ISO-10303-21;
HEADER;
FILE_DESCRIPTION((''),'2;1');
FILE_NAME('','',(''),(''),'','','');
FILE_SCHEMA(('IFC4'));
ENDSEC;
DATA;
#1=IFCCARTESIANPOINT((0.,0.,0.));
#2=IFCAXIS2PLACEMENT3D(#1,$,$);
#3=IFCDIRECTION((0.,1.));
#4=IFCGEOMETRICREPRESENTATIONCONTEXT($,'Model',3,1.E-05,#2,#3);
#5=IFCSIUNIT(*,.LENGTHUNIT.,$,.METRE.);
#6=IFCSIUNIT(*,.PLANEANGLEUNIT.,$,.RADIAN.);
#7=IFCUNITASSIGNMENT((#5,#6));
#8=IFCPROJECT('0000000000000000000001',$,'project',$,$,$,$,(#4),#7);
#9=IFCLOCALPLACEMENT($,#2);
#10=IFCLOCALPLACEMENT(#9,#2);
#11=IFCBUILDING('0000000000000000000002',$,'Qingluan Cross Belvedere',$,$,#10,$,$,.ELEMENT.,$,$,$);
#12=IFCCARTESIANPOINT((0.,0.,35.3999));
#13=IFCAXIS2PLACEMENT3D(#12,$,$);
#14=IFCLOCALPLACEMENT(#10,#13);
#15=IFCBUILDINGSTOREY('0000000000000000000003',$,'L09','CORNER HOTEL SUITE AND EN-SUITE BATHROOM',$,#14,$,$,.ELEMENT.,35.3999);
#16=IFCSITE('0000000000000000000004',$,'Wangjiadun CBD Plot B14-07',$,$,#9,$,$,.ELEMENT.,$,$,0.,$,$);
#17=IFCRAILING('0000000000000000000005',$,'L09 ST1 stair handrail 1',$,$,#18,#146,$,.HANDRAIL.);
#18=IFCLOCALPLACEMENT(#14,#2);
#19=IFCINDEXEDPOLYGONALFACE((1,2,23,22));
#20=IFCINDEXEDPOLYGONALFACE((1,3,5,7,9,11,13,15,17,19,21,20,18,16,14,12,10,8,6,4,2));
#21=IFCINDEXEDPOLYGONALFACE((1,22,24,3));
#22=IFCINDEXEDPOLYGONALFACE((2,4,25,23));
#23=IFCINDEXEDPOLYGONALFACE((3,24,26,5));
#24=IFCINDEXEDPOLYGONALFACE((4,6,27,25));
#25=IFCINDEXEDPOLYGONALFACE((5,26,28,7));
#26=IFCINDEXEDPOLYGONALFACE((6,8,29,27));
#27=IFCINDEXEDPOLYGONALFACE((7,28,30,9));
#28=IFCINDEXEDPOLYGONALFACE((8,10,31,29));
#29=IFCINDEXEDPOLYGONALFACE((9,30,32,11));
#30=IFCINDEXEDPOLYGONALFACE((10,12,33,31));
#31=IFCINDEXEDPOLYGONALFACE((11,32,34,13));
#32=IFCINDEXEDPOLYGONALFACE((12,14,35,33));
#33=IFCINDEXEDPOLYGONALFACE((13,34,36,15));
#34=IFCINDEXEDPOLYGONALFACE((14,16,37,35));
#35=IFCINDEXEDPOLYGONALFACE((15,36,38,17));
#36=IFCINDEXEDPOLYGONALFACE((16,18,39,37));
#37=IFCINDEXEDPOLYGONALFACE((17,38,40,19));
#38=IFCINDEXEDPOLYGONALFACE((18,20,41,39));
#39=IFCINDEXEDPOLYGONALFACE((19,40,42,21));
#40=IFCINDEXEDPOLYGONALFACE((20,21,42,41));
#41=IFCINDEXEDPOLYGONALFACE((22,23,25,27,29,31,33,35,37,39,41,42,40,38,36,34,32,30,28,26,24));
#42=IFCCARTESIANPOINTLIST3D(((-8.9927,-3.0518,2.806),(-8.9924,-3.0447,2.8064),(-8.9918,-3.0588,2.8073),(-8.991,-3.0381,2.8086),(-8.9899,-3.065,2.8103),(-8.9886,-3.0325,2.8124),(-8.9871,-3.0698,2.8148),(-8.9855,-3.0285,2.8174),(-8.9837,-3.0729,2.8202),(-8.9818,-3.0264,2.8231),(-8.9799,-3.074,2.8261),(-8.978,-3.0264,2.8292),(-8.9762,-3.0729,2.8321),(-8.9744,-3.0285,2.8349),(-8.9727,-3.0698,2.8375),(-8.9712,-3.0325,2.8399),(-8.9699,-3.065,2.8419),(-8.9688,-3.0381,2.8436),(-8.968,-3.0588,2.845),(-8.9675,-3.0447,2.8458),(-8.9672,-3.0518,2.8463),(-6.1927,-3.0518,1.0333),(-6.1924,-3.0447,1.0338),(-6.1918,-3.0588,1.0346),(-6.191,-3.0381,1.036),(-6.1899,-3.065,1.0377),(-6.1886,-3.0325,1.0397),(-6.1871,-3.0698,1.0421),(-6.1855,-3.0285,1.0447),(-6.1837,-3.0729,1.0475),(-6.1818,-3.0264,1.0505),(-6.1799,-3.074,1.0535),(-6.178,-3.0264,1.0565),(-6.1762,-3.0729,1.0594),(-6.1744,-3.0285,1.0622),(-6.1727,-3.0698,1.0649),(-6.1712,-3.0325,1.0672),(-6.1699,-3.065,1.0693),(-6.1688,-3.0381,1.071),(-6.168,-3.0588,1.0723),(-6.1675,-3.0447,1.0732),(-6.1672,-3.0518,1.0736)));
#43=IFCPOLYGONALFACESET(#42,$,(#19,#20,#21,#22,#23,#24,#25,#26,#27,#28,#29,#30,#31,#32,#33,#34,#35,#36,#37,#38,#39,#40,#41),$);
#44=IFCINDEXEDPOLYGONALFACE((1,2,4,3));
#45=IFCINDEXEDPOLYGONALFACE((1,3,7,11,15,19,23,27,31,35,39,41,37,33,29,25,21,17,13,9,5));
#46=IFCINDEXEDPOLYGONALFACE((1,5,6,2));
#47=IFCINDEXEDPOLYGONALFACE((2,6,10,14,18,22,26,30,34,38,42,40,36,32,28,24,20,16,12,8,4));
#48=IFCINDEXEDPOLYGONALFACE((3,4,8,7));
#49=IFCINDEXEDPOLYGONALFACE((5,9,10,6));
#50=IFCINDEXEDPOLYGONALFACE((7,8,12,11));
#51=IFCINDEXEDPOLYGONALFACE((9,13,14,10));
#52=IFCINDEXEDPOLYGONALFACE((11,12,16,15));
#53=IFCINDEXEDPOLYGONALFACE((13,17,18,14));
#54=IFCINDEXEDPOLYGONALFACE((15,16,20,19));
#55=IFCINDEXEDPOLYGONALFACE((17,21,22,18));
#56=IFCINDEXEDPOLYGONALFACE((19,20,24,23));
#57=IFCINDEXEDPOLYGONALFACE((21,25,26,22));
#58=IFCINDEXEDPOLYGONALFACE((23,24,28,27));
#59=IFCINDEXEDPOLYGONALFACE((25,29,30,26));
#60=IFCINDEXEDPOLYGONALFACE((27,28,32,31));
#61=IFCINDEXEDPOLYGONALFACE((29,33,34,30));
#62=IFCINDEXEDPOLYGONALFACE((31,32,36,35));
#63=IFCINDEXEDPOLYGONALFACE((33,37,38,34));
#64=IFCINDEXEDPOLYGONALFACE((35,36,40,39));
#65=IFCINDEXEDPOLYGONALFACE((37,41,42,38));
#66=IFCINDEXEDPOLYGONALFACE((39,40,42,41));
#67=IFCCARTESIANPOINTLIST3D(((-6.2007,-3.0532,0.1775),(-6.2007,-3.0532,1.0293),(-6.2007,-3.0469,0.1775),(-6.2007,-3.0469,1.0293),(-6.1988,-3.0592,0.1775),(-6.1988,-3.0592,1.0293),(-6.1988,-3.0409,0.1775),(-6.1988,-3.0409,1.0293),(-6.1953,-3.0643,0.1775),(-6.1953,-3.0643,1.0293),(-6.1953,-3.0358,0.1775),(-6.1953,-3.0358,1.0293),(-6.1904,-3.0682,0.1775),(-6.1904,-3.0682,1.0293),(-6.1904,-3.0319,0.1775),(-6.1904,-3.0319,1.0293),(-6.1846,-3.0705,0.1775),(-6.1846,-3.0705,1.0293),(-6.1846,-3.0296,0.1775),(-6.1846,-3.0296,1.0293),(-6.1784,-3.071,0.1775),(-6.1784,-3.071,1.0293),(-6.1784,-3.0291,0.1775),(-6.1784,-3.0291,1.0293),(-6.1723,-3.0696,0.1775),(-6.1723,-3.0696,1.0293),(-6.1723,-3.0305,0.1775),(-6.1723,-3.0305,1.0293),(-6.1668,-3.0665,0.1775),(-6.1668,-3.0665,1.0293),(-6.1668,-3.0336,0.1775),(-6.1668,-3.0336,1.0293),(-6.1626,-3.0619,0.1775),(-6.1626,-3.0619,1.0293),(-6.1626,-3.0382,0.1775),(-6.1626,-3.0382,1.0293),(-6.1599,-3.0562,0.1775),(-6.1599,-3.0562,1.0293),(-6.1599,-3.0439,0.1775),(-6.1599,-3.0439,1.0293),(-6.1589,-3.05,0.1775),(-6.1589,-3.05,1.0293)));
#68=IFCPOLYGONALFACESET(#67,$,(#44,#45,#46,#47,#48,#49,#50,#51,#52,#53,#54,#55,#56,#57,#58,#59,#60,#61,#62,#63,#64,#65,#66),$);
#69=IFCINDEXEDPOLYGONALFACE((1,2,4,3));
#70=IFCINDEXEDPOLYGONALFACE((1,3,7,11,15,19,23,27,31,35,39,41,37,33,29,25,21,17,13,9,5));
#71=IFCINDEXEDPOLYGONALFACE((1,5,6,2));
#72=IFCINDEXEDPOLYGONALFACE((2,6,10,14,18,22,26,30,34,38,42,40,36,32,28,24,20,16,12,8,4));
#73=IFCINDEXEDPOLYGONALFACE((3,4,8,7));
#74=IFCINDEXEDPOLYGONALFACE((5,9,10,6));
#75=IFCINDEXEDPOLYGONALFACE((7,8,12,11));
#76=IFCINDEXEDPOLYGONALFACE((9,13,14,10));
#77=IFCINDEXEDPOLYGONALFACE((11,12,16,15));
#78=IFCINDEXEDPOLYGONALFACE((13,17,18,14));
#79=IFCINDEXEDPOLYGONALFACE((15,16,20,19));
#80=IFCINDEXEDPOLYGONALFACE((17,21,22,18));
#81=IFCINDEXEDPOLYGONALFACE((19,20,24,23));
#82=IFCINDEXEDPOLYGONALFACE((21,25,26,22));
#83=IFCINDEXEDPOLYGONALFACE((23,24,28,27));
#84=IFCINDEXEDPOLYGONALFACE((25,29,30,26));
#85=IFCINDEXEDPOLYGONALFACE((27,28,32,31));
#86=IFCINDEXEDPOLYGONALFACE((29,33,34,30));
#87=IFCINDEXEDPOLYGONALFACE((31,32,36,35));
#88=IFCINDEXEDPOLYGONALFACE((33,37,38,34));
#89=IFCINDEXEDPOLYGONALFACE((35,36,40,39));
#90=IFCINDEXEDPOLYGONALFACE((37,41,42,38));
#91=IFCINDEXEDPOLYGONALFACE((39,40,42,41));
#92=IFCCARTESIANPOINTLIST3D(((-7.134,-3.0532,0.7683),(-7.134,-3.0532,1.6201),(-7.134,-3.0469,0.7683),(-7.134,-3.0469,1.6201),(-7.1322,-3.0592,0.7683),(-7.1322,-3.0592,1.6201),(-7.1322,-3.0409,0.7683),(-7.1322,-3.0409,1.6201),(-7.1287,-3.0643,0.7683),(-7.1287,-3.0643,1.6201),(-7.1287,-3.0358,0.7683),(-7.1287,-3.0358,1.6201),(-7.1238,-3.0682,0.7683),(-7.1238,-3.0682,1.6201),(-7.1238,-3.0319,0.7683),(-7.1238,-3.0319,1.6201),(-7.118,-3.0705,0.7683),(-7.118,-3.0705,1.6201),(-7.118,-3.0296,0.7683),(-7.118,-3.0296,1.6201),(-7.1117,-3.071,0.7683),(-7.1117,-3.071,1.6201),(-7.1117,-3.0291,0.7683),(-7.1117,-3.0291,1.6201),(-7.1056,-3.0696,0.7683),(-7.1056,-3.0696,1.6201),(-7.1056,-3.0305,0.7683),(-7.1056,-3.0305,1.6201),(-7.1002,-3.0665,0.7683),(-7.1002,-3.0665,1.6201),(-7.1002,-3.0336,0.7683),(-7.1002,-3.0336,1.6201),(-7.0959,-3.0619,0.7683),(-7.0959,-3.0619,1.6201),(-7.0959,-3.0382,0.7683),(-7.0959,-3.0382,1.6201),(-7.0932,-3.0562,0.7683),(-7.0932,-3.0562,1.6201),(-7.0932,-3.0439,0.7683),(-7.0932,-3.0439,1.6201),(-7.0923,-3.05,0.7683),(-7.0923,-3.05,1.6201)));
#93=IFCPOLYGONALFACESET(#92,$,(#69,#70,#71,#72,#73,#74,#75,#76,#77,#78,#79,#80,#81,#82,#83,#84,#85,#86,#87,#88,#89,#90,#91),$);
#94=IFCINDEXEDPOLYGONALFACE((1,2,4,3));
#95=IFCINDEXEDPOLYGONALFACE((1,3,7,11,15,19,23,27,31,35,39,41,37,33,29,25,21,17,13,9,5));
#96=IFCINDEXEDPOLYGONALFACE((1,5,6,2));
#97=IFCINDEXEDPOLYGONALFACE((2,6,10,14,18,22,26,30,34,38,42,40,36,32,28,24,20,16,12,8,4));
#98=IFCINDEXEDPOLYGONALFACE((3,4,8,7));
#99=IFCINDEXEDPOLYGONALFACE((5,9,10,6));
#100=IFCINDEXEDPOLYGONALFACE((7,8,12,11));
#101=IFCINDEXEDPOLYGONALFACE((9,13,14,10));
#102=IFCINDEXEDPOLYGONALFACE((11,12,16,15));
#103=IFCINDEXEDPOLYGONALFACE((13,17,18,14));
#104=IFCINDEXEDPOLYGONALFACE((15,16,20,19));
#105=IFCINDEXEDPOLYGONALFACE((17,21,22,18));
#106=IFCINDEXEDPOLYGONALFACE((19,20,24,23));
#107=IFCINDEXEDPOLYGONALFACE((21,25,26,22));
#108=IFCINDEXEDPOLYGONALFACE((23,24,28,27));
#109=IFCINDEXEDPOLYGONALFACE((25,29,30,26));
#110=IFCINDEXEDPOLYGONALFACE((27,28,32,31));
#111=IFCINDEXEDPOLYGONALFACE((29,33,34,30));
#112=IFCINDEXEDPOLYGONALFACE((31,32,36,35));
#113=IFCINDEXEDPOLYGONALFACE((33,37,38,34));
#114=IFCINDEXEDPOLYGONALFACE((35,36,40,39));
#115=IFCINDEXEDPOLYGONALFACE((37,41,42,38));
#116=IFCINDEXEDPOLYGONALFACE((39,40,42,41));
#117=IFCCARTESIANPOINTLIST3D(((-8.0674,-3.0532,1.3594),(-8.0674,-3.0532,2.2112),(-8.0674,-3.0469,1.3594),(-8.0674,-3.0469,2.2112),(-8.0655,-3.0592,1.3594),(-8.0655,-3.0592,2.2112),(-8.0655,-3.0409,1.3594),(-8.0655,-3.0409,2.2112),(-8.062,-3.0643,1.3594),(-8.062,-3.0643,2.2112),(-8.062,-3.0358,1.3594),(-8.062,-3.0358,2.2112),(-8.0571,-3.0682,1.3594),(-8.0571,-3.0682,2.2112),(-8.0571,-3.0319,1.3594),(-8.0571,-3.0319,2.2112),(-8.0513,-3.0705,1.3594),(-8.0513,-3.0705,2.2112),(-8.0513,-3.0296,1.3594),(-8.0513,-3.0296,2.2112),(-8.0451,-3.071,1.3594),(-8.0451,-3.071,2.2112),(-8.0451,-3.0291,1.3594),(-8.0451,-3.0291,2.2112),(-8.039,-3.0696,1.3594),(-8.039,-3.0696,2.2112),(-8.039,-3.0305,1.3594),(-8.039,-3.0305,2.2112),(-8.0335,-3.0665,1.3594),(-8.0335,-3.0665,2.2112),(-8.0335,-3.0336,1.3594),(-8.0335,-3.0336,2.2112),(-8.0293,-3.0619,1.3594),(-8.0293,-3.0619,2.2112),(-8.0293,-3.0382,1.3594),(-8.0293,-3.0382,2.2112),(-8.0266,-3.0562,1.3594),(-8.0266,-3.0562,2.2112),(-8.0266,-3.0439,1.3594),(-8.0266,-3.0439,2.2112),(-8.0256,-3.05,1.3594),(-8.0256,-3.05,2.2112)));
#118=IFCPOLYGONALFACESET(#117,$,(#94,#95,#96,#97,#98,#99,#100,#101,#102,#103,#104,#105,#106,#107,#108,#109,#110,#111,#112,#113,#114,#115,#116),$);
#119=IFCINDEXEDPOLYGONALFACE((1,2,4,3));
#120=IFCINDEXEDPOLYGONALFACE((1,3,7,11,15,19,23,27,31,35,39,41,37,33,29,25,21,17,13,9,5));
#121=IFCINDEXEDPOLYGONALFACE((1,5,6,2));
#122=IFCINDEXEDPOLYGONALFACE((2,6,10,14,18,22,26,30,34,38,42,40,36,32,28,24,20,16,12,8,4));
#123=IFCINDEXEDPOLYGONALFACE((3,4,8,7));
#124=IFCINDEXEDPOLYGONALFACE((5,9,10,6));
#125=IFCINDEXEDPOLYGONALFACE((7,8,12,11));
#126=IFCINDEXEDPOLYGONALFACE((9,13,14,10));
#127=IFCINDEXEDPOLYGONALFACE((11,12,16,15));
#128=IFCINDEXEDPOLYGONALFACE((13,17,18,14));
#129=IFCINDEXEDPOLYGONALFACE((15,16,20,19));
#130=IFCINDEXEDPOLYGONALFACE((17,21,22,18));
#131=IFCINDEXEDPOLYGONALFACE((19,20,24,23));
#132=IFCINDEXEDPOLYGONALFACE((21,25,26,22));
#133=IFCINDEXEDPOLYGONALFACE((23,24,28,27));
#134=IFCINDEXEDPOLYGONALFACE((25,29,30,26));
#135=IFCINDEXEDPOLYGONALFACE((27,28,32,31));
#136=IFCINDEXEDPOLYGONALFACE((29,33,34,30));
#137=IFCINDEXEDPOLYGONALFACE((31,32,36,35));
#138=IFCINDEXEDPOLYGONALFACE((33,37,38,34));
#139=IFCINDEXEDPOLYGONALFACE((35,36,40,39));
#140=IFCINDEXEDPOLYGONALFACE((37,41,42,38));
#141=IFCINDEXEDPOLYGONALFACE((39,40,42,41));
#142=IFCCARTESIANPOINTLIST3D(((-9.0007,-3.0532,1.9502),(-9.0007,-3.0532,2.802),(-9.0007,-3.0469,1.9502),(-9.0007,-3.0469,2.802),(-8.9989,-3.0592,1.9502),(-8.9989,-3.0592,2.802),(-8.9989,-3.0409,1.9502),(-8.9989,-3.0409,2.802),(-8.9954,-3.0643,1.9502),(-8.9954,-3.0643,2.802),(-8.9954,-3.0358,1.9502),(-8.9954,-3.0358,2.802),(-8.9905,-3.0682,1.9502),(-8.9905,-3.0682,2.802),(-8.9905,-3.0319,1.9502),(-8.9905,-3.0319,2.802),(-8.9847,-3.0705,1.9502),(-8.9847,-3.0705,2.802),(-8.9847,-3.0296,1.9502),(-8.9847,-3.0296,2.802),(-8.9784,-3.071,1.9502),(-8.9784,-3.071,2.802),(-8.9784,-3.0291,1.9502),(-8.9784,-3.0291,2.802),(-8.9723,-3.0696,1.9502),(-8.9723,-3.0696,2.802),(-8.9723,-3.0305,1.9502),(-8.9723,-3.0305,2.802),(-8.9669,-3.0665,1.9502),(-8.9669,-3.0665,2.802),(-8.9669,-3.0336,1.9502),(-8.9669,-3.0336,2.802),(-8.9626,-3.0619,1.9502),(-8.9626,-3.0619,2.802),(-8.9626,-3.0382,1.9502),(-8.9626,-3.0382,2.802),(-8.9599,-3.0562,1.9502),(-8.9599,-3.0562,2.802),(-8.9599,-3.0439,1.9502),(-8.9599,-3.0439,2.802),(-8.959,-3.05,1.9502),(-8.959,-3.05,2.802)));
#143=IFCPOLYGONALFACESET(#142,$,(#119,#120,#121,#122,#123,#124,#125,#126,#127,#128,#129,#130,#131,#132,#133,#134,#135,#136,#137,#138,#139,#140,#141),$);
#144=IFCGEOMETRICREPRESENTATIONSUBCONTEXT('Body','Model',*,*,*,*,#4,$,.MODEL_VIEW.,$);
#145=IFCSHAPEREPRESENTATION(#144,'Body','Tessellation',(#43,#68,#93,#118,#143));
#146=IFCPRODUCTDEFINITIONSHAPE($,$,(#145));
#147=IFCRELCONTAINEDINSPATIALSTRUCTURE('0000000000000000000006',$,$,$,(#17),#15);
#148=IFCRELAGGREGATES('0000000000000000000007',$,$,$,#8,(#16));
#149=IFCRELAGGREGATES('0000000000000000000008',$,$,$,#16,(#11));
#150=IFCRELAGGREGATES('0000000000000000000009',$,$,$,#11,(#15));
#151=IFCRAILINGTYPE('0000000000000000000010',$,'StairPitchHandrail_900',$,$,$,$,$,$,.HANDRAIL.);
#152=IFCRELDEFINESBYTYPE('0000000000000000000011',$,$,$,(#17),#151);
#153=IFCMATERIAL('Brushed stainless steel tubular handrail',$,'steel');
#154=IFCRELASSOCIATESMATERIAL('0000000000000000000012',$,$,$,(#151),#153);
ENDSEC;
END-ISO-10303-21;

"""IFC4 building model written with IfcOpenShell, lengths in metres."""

from ifc_helpers import new_model, si_unit, direction, frame, origin, origin_2d, place, context, subcontext, project, spatial, circle, extrude, material, type_object, element, save


model = new_model("IFC4")

# Units and contexts
model_context = context("Model", 3, precision=1e-05, world=origin(), true_north=direction((0.0, 1.0)))
body_context = subcontext(model_context, "Body", "Model", "MODEL_VIEW")
ifc_project = project(units=[si_unit("LENGTHUNIT", "METRE"), si_unit("PLANEANGLEUNIT", "RADIAN")], contexts=[model_context])

# Site, building, storey
site_placement = place(None, origin())
site = spatial("IfcSite", under=ifc_project, at=site_placement, Name="Wangjiadun CBD Plot B14-07", CompositionType="ELEMENT", RefElevation=0.0)
building_placement = place(site_placement, origin())
building = spatial("IfcBuilding", under=site, at=building_placement, Name="Qingluan Cross Belvedere", CompositionType="ELEMENT")
storey_placement = place(building_placement, frame((0.0, 0.0, 35.3999)))
storey = spatial("IfcBuildingStorey", under=building, at=storey_placement, Name="L09", Description="CORNER HOTEL SUITE AND EN-SUITE BATHROOM", CompositionType="ELEMENT", Elevation=35.3999)

# Railing
ifc_material_1 = material(Name="Brushed stainless steel tubular handrail", Category="steel")
railing_type_1 = type_object("IfcRailingType", Name="StairPitchHandrail_900", PredefinedType="HANDRAIL", material=ifc_material_1)
railing_1_placement = place(storey_placement, frame((-6.1799, -3.05, 0.1775)))
element("IfcRailing", 1, at=railing_1_placement, inside=storey, type_object=railing_type_1, Name="L09 ST1 stair handrail 1", PredefinedType="HANDRAIL", context=body_context, shape_type="SweptSolid", body=[
    extrude(circle(Radius=0.0239, at=origin_2d()), frame((0.0, 0.0, 0.876), z_axis=(-0.844909, 0.0, 0.53491), x_axis=(0.0, -1.0, 0.0)), (0.0, 0.0, 1.0), 3.314),
    extrude(circle(Radius=0.021, at=origin_2d()), origin(), (0.0, 0.0, 1.0), 0.8518),
    extrude(circle(Radius=0.021, at=origin_2d()), frame((-0.9333, 0.0, 0.5908)), (0.0, 0.0, 1.0), 0.8518),
    extrude(circle(Radius=0.021, at=origin_2d()), frame((-1.8667, 0.0, 1.1819)), (0.0, 0.0, 1.0), 0.8518),
    extrude(circle(Radius=0.021, at=origin_2d()), frame((-2.8, 0.0, 1.7727)), (0.0, 0.0, 1.0), 0.8518),
])

save(model, "model.ifc")
